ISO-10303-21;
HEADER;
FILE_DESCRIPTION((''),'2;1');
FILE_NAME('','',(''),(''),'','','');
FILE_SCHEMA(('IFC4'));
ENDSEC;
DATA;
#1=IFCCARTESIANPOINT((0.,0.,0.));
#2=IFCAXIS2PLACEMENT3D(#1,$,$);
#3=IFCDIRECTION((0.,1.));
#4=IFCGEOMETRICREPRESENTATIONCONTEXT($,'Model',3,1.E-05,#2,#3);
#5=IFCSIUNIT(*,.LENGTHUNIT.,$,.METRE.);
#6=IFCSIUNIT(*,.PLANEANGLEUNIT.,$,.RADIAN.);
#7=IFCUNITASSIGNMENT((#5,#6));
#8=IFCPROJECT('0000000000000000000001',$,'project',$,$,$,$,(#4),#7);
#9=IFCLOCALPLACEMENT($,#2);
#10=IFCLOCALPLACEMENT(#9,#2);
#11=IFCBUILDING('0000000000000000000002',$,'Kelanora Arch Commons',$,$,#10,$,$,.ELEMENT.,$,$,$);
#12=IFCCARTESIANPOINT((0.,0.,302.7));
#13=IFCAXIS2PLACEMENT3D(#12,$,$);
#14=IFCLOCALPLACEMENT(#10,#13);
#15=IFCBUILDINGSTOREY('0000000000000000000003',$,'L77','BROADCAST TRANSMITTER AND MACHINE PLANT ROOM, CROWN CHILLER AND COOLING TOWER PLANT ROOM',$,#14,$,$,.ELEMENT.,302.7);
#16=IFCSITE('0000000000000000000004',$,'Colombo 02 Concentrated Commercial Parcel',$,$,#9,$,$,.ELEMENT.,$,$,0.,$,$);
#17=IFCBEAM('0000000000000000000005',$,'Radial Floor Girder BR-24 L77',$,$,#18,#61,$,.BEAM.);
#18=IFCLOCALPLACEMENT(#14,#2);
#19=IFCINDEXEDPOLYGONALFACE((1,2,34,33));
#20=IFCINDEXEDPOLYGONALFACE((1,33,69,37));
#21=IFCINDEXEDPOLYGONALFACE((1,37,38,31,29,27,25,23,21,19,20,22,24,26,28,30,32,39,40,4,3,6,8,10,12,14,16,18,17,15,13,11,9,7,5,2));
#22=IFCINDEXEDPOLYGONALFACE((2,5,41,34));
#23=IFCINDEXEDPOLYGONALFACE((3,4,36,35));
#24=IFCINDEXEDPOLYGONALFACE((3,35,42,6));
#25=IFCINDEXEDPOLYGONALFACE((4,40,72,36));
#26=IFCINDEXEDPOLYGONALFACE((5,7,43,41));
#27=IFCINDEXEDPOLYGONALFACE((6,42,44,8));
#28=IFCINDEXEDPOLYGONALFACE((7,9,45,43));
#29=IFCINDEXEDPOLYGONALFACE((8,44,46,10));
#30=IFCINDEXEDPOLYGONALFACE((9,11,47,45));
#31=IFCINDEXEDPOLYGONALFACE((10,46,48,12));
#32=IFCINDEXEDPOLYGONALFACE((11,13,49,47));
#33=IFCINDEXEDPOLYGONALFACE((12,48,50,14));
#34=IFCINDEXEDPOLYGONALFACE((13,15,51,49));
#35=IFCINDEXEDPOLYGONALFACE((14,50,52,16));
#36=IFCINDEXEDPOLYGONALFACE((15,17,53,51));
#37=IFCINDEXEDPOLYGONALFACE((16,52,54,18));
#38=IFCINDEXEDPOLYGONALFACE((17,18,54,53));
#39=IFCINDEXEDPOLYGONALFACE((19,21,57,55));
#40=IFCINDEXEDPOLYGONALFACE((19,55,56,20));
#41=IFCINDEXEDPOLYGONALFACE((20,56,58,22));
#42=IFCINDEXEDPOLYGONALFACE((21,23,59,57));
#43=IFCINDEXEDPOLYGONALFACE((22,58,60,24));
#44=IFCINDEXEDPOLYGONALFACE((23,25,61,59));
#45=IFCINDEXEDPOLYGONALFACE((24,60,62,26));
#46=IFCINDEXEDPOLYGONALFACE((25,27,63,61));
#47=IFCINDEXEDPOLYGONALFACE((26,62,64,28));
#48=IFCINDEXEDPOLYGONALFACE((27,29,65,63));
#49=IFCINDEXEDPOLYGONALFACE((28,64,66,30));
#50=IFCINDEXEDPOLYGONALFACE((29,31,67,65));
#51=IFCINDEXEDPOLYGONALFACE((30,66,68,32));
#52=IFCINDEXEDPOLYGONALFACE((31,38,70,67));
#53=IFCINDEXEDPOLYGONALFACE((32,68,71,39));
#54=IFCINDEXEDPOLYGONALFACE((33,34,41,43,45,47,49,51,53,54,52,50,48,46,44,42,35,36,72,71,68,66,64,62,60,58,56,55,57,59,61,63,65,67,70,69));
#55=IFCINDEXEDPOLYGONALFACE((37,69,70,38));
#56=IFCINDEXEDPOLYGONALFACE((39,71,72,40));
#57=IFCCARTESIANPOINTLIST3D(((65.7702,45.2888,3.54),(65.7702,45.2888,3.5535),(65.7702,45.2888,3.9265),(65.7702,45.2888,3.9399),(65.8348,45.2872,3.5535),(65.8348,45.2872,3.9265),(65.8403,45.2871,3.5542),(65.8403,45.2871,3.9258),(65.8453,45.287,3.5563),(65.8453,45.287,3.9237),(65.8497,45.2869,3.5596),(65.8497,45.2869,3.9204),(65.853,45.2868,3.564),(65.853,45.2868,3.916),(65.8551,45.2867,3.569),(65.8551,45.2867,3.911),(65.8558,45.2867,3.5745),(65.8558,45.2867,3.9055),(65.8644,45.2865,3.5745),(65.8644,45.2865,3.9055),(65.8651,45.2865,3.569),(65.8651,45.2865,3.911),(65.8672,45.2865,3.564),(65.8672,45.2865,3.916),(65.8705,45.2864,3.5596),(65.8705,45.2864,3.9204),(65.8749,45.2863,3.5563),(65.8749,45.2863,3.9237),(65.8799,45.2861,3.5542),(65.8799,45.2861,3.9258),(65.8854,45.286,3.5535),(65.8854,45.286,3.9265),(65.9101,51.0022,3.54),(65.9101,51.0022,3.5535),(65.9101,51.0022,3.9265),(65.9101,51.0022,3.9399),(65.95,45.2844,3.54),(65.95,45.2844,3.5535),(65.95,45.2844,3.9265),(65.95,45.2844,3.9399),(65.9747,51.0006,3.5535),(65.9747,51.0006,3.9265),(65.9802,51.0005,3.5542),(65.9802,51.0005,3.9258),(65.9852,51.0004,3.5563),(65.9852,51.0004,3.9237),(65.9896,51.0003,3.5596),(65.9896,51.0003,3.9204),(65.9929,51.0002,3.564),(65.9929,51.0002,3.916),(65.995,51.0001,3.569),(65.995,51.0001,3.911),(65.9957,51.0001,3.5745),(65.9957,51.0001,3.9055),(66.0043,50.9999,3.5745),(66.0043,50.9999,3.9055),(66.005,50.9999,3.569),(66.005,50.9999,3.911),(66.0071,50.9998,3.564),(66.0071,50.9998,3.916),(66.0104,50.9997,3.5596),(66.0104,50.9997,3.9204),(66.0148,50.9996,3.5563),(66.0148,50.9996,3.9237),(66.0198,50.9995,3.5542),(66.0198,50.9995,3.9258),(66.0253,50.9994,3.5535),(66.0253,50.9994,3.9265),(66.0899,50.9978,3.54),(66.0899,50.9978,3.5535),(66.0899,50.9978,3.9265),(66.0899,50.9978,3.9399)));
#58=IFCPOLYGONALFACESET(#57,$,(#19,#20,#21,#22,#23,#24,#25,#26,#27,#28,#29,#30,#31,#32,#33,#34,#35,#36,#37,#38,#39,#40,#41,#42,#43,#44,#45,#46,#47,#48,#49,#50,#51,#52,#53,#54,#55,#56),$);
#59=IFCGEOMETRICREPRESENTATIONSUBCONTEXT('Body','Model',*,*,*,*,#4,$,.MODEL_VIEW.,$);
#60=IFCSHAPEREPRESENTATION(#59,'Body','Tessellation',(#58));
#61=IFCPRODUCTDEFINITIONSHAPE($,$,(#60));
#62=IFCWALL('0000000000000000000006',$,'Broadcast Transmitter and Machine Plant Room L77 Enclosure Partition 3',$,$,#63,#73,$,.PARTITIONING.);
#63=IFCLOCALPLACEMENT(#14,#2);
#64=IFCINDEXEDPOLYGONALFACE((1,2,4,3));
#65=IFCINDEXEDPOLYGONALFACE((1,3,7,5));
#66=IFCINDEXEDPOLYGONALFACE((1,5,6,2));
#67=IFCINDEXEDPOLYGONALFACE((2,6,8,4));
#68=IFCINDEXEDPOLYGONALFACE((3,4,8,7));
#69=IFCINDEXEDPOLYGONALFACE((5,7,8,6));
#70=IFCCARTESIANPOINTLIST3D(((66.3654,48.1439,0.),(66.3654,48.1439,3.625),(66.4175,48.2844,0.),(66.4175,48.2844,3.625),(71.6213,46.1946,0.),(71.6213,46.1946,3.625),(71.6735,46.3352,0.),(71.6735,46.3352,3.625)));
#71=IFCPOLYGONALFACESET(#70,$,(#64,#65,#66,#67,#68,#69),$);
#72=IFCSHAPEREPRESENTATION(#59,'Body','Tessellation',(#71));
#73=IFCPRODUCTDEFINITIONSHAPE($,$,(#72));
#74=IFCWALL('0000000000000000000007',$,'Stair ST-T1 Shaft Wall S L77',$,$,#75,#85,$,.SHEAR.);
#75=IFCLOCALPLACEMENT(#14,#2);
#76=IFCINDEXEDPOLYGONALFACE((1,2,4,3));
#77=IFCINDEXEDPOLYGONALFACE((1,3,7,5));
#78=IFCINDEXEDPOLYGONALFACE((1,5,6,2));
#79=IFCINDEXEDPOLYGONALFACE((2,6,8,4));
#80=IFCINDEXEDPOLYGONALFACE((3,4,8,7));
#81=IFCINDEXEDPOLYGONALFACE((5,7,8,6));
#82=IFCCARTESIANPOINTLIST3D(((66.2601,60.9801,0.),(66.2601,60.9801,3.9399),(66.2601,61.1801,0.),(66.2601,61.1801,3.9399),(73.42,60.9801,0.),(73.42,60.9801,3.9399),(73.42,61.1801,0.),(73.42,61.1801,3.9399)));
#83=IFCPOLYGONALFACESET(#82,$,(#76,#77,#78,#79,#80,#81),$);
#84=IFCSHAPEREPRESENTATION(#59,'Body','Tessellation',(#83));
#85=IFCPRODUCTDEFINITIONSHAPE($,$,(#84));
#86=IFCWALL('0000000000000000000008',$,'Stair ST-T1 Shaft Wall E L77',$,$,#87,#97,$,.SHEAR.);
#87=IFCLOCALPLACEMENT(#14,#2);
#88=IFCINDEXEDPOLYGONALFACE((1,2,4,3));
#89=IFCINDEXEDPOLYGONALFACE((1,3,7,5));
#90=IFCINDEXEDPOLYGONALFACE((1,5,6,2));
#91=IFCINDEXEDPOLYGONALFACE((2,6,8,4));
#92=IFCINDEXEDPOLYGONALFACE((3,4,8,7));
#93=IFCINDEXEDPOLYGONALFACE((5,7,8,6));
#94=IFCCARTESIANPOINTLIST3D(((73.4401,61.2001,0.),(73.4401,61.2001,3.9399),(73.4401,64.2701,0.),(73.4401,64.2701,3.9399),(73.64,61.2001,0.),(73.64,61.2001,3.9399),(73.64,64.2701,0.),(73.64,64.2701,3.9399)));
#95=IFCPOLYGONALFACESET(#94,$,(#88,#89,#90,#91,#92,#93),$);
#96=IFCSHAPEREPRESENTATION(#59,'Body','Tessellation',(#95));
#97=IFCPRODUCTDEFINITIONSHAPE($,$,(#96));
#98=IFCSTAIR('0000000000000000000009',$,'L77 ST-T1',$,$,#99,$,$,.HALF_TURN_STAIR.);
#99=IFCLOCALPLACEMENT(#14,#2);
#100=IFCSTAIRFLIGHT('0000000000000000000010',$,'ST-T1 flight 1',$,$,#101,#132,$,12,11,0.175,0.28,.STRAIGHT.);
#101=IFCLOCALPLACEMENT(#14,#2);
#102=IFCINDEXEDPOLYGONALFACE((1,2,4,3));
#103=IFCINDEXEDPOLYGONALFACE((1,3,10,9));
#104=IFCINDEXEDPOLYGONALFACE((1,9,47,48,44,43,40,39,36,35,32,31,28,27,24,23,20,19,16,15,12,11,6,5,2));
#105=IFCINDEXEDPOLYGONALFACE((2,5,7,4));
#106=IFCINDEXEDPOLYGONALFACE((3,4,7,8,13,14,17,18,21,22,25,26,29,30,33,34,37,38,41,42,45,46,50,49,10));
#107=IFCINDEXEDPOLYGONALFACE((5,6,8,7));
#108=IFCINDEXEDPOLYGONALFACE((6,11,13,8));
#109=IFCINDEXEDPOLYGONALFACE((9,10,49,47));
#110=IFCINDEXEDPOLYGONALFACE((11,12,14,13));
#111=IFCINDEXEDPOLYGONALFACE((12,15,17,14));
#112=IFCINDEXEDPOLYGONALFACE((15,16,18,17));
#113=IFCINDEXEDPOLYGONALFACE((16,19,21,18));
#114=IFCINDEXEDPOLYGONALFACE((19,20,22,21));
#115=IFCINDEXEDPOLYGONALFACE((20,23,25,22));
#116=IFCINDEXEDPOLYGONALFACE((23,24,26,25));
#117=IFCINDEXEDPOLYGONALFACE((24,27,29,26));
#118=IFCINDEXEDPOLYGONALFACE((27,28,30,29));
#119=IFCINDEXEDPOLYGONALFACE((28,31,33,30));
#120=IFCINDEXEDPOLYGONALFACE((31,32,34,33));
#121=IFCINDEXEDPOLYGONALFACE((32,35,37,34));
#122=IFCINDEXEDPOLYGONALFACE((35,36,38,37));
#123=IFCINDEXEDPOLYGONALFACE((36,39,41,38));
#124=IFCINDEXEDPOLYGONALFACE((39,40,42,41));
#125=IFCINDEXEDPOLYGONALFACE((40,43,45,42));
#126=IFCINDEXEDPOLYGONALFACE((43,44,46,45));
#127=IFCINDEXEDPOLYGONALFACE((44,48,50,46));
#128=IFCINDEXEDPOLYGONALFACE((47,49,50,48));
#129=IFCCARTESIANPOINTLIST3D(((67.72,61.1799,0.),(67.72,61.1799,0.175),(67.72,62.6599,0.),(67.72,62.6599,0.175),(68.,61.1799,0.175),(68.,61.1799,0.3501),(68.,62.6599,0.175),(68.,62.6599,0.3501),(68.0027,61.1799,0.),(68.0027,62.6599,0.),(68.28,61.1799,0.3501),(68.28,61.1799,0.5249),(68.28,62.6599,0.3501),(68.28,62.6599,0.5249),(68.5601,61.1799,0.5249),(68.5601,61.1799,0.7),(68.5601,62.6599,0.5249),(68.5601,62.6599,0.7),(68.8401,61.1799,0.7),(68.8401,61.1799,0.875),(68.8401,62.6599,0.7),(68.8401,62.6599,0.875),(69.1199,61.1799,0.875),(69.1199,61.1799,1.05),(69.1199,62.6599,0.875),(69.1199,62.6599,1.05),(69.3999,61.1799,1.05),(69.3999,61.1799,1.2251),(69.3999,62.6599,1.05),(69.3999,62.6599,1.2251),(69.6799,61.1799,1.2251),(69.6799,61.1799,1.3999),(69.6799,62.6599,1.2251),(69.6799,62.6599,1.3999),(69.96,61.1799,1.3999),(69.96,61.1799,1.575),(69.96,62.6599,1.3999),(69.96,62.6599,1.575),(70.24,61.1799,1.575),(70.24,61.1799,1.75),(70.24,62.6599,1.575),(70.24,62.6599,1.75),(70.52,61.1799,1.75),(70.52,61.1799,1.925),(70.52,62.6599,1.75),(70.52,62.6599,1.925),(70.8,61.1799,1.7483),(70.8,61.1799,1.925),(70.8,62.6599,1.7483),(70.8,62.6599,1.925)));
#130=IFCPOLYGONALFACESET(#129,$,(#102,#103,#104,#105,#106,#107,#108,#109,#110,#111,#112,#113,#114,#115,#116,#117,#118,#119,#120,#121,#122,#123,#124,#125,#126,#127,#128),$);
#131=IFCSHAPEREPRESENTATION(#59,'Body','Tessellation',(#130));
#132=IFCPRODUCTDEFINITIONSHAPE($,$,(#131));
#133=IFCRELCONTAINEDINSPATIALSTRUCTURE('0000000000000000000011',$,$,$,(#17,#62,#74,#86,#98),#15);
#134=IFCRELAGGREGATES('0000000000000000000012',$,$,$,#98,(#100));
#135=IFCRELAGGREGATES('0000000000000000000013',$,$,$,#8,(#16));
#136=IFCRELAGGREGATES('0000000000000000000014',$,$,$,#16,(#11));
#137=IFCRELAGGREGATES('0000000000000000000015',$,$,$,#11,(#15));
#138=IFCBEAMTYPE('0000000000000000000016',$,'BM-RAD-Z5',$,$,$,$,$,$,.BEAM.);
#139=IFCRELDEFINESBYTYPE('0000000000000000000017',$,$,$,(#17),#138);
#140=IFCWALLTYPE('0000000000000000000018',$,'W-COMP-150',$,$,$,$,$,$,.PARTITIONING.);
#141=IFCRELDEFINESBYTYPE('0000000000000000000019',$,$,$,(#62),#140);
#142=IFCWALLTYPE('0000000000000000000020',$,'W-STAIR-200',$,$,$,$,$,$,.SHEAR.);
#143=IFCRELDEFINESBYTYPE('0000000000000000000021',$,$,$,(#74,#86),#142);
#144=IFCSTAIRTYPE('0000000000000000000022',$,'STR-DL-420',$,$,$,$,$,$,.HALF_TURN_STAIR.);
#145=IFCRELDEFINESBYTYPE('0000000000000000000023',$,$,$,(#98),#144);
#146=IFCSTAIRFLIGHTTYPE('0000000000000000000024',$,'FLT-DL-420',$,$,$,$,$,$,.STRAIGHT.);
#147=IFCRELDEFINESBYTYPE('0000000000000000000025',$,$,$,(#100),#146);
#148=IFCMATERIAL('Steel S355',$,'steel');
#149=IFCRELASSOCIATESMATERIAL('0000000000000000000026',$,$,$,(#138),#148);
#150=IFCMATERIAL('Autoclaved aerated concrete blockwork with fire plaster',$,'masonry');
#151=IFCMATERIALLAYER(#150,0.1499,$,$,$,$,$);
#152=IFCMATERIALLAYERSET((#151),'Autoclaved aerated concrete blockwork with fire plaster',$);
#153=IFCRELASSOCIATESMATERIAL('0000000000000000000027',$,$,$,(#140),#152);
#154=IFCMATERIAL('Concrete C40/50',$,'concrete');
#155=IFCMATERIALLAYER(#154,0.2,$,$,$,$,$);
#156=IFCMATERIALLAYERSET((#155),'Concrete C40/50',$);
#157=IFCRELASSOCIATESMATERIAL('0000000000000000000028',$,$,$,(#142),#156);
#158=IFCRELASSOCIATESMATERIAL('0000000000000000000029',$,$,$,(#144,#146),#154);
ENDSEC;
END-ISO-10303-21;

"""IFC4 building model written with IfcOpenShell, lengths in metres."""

from ifc_helpers import new_model, si_unit, direction, frame, frame_2d, origin, origin_2d, place, context, subcontext, project, spatial, polyline, rectangle, i_section, outline, extrude, material, layer, layer_set, material_profile, profile_set, type_object, element, aggregate, save


model = new_model("IFC4")

# Units and contexts
model_context = context("Model", 3, precision=1e-05, world=origin(), true_north=direction((0.0, 1.0)))
body_context = subcontext(model_context, "Body", "Model", "MODEL_VIEW")
ifc_project = project(units=[si_unit("LENGTHUNIT", "METRE"), si_unit("PLANEANGLEUNIT", "RADIAN")], contexts=[model_context])

# Site, building, storey
site_placement = place(None, origin())
site = spatial("IfcSite", under=ifc_project, at=site_placement, Name="Colombo 02 Concentrated Commercial Parcel", CompositionType="ELEMENT", RefElevation=0.0)
building_placement = place(site_placement, origin())
building = spatial("IfcBuilding", under=site, at=building_placement, Name="Kelanora Arch Commons", CompositionType="ELEMENT")
storey_placement = place(building_placement, frame((0.0, 0.0, 302.7)))
storey = spatial("IfcBuildingStorey", under=building, at=storey_placement, Name="L77", Description="BROADCAST TRANSMITTER AND MACHINE PLANT ROOM, CROWN CHILLER AND COOLING TOWER PLANT ROOM", CompositionType="ELEMENT", Elevation=302.7)

# Beam
ifc_material_1 = material(Name="Steel S355", Category="steel")
ifc_material_profile_1 = material_profile(ifc_material_1, i_section(OverallWidth=0.1799, OverallDepth=0.3999, WebThickness=0.0085, FlangeThickness=0.0134, FilletRadius=0.021, at=origin_2d()), Name="IPE400")
ifc_profile_set_1 = profile_set([ifc_material_profile_1], Name="Steel S355")
beam_type_1 = type_object("IfcBeamType", Name="BM-RAD-Z5", PredefinedType="BEAM", material=ifc_profile_set_1)
beam_1_placement = place(storey_placement, frame((66.0, 51.0, 3.74), z_axis=(-0.024478, -0.9997, 0.0), x_axis=(0.9997, -0.024478, 0.0)))
element("IfcBeam", 1, at=beam_1_placement, inside=storey, type_object=beam_type_1, Name="Radial Floor Girder BR-24 L77", PredefinedType="BEAM", context=body_context, shape_type="SweptSolid", body=[
    extrude(i_section(OverallWidth=0.1799, OverallDepth=0.3999, WebThickness=0.0085, FlangeThickness=0.0134, FilletRadius=0.021, at=origin_2d()), origin(), (0.0, 0.0, 1.0), 5.7151),
])

# Walls
ifc_material_2 = material(Name="Autoclaved aerated concrete blockwork with fire plaster", Category="masonry")
ifc_layer_1 = layer(ifc_material_2, 0.1499)
ifc_layer_set_1 = layer_set([ifc_layer_1], Name="Autoclaved aerated concrete blockwork with fire plaster")
wall_type_1 = type_object("IfcWallType", Name="W-COMP-150", PredefinedType="PARTITIONING", material=ifc_layer_set_1)
wall_1_placement = place(storey_placement, frame((66.3916, 48.2141, 0.0), z_axis=(0.0, 0.0, 1.0), x_axis=(0.937597, -0.347723, 0.0)))
element("IfcWall", 2, at=wall_1_placement, inside=storey, type_object=wall_type_1, Name="Broadcast Transmitter and Machine Plant Room L77 Enclosure Partition 3", PredefinedType="PARTITIONING", context=body_context, shape_type="SweptSolid", body=[
    extrude(rectangle(XDim=5.6057, YDim=0.1499, at=frame_2d((2.8027, 0.0))), origin(), (0.0, 0.0, 1.0), 3.625),
])
ifc_material_3 = material(Name="Concrete C40/50", Category="concrete")
ifc_layer_2 = layer(ifc_material_3, 0.2)
ifc_layer_set_2 = layer_set([ifc_layer_2], Name="Concrete C40/50")
wall_type_2 = type_object("IfcWallType", Name="W-STAIR-200", PredefinedType="SHEAR", material=ifc_layer_set_2)
wall_2_placement = place(storey_placement, frame((66.26, 61.0801, 0.0), z_axis=(0.0, 0.0, 1.0), x_axis=(1.0, 0.0, 0.0)))
element("IfcWall", 3, at=wall_2_placement, inside=storey, type_object=wall_type_2, Name="Stair ST-T1 Shaft Wall S L77", PredefinedType="SHEAR", context=body_context, shape_type="SweptSolid", body=[
    extrude(rectangle(XDim=7.1599, YDim=0.2, at=frame_2d((3.5801, 0.0))), origin(), (0.0, 0.0, 1.0), 3.9399),
])
wall_3_placement = place(storey_placement, frame((73.54, 61.2, 0.0), z_axis=(0.0, 0.0, 1.0), x_axis=(0.0, 1.0, 0.0)))
element("IfcWall", 4, at=wall_3_placement, inside=storey, type_object=wall_type_2, Name="Stair ST-T1 Shaft Wall E L77", PredefinedType="SHEAR", context=body_context, shape_type="SweptSolid", body=[
    extrude(rectangle(XDim=3.0701, YDim=0.2, at=frame_2d((1.5352, 0.0))), origin(), (0.0, 0.0, 1.0), 3.9399),
])

# Stair, stair flight
stair_type = type_object("IfcStairType", Name="STR-DL-420", PredefinedType="HALF_TURN_STAIR", material=ifc_material_3)
stair_placement = place(storey_placement, origin())
stair = element("IfcStair", 5, at=stair_placement, inside=storey, type_object=stair_type, Name="L77 ST-T1", PredefinedType="HALF_TURN_STAIR")
stair_flight_type = type_object("IfcStairFlightType", Name="FLT-DL-420", PredefinedType="STRAIGHT", material=ifc_material_3)
stair_flight_placement = place(storey_placement, frame((67.72, 61.9199, 0.0), z_axis=(0.0, 0.0, 1.0), x_axis=(1.0, 0.0, 0.0)))
stair_flight = element("IfcStairFlight", 6, at=stair_flight_placement, type_object=stair_flight_type, Name="ST-T1 flight 1", NumberOfRisers=12, NumberOfTreads=11, PredefinedType="STRAIGHT", RiserHeight=0.175, TreadLength=0.28, context=body_context, shape_type="SweptSolid", body=[
    extrude(outline(polyline([(0.0, 0.0), (0.0, 0.175), (0.28, 0.175), (0.28, 0.3501), (0.5601, 0.3501), (0.5601, 0.5249), (0.8401, 0.5249), (0.8401, 0.7), (1.1201, 0.7), (1.1201, 0.875), (1.3999, 0.875), (1.3999, 1.05), (1.6799, 1.05), (1.6799, 1.2251), (1.96, 1.2251), (1.96, 1.3999), (2.24, 1.3999), (2.24, 1.575), (2.52, 1.575), (2.52, 1.75), (2.8, 1.75), (2.8, 1.925), (3.0801, 1.925), (3.0801, 2.1001), (3.0801, 1.7483), (0.2827, 0.0), (0.0, 0.0)])), frame((0.0, 0.74, 0.0), z_axis=(0.0, -1.0, 0.0), x_axis=(1.0, 0.0, 0.0)), (0.0, 0.0, 1.0), 1.48),
])
aggregate(stair, [stair_flight])

save(model, "model.ifc")
